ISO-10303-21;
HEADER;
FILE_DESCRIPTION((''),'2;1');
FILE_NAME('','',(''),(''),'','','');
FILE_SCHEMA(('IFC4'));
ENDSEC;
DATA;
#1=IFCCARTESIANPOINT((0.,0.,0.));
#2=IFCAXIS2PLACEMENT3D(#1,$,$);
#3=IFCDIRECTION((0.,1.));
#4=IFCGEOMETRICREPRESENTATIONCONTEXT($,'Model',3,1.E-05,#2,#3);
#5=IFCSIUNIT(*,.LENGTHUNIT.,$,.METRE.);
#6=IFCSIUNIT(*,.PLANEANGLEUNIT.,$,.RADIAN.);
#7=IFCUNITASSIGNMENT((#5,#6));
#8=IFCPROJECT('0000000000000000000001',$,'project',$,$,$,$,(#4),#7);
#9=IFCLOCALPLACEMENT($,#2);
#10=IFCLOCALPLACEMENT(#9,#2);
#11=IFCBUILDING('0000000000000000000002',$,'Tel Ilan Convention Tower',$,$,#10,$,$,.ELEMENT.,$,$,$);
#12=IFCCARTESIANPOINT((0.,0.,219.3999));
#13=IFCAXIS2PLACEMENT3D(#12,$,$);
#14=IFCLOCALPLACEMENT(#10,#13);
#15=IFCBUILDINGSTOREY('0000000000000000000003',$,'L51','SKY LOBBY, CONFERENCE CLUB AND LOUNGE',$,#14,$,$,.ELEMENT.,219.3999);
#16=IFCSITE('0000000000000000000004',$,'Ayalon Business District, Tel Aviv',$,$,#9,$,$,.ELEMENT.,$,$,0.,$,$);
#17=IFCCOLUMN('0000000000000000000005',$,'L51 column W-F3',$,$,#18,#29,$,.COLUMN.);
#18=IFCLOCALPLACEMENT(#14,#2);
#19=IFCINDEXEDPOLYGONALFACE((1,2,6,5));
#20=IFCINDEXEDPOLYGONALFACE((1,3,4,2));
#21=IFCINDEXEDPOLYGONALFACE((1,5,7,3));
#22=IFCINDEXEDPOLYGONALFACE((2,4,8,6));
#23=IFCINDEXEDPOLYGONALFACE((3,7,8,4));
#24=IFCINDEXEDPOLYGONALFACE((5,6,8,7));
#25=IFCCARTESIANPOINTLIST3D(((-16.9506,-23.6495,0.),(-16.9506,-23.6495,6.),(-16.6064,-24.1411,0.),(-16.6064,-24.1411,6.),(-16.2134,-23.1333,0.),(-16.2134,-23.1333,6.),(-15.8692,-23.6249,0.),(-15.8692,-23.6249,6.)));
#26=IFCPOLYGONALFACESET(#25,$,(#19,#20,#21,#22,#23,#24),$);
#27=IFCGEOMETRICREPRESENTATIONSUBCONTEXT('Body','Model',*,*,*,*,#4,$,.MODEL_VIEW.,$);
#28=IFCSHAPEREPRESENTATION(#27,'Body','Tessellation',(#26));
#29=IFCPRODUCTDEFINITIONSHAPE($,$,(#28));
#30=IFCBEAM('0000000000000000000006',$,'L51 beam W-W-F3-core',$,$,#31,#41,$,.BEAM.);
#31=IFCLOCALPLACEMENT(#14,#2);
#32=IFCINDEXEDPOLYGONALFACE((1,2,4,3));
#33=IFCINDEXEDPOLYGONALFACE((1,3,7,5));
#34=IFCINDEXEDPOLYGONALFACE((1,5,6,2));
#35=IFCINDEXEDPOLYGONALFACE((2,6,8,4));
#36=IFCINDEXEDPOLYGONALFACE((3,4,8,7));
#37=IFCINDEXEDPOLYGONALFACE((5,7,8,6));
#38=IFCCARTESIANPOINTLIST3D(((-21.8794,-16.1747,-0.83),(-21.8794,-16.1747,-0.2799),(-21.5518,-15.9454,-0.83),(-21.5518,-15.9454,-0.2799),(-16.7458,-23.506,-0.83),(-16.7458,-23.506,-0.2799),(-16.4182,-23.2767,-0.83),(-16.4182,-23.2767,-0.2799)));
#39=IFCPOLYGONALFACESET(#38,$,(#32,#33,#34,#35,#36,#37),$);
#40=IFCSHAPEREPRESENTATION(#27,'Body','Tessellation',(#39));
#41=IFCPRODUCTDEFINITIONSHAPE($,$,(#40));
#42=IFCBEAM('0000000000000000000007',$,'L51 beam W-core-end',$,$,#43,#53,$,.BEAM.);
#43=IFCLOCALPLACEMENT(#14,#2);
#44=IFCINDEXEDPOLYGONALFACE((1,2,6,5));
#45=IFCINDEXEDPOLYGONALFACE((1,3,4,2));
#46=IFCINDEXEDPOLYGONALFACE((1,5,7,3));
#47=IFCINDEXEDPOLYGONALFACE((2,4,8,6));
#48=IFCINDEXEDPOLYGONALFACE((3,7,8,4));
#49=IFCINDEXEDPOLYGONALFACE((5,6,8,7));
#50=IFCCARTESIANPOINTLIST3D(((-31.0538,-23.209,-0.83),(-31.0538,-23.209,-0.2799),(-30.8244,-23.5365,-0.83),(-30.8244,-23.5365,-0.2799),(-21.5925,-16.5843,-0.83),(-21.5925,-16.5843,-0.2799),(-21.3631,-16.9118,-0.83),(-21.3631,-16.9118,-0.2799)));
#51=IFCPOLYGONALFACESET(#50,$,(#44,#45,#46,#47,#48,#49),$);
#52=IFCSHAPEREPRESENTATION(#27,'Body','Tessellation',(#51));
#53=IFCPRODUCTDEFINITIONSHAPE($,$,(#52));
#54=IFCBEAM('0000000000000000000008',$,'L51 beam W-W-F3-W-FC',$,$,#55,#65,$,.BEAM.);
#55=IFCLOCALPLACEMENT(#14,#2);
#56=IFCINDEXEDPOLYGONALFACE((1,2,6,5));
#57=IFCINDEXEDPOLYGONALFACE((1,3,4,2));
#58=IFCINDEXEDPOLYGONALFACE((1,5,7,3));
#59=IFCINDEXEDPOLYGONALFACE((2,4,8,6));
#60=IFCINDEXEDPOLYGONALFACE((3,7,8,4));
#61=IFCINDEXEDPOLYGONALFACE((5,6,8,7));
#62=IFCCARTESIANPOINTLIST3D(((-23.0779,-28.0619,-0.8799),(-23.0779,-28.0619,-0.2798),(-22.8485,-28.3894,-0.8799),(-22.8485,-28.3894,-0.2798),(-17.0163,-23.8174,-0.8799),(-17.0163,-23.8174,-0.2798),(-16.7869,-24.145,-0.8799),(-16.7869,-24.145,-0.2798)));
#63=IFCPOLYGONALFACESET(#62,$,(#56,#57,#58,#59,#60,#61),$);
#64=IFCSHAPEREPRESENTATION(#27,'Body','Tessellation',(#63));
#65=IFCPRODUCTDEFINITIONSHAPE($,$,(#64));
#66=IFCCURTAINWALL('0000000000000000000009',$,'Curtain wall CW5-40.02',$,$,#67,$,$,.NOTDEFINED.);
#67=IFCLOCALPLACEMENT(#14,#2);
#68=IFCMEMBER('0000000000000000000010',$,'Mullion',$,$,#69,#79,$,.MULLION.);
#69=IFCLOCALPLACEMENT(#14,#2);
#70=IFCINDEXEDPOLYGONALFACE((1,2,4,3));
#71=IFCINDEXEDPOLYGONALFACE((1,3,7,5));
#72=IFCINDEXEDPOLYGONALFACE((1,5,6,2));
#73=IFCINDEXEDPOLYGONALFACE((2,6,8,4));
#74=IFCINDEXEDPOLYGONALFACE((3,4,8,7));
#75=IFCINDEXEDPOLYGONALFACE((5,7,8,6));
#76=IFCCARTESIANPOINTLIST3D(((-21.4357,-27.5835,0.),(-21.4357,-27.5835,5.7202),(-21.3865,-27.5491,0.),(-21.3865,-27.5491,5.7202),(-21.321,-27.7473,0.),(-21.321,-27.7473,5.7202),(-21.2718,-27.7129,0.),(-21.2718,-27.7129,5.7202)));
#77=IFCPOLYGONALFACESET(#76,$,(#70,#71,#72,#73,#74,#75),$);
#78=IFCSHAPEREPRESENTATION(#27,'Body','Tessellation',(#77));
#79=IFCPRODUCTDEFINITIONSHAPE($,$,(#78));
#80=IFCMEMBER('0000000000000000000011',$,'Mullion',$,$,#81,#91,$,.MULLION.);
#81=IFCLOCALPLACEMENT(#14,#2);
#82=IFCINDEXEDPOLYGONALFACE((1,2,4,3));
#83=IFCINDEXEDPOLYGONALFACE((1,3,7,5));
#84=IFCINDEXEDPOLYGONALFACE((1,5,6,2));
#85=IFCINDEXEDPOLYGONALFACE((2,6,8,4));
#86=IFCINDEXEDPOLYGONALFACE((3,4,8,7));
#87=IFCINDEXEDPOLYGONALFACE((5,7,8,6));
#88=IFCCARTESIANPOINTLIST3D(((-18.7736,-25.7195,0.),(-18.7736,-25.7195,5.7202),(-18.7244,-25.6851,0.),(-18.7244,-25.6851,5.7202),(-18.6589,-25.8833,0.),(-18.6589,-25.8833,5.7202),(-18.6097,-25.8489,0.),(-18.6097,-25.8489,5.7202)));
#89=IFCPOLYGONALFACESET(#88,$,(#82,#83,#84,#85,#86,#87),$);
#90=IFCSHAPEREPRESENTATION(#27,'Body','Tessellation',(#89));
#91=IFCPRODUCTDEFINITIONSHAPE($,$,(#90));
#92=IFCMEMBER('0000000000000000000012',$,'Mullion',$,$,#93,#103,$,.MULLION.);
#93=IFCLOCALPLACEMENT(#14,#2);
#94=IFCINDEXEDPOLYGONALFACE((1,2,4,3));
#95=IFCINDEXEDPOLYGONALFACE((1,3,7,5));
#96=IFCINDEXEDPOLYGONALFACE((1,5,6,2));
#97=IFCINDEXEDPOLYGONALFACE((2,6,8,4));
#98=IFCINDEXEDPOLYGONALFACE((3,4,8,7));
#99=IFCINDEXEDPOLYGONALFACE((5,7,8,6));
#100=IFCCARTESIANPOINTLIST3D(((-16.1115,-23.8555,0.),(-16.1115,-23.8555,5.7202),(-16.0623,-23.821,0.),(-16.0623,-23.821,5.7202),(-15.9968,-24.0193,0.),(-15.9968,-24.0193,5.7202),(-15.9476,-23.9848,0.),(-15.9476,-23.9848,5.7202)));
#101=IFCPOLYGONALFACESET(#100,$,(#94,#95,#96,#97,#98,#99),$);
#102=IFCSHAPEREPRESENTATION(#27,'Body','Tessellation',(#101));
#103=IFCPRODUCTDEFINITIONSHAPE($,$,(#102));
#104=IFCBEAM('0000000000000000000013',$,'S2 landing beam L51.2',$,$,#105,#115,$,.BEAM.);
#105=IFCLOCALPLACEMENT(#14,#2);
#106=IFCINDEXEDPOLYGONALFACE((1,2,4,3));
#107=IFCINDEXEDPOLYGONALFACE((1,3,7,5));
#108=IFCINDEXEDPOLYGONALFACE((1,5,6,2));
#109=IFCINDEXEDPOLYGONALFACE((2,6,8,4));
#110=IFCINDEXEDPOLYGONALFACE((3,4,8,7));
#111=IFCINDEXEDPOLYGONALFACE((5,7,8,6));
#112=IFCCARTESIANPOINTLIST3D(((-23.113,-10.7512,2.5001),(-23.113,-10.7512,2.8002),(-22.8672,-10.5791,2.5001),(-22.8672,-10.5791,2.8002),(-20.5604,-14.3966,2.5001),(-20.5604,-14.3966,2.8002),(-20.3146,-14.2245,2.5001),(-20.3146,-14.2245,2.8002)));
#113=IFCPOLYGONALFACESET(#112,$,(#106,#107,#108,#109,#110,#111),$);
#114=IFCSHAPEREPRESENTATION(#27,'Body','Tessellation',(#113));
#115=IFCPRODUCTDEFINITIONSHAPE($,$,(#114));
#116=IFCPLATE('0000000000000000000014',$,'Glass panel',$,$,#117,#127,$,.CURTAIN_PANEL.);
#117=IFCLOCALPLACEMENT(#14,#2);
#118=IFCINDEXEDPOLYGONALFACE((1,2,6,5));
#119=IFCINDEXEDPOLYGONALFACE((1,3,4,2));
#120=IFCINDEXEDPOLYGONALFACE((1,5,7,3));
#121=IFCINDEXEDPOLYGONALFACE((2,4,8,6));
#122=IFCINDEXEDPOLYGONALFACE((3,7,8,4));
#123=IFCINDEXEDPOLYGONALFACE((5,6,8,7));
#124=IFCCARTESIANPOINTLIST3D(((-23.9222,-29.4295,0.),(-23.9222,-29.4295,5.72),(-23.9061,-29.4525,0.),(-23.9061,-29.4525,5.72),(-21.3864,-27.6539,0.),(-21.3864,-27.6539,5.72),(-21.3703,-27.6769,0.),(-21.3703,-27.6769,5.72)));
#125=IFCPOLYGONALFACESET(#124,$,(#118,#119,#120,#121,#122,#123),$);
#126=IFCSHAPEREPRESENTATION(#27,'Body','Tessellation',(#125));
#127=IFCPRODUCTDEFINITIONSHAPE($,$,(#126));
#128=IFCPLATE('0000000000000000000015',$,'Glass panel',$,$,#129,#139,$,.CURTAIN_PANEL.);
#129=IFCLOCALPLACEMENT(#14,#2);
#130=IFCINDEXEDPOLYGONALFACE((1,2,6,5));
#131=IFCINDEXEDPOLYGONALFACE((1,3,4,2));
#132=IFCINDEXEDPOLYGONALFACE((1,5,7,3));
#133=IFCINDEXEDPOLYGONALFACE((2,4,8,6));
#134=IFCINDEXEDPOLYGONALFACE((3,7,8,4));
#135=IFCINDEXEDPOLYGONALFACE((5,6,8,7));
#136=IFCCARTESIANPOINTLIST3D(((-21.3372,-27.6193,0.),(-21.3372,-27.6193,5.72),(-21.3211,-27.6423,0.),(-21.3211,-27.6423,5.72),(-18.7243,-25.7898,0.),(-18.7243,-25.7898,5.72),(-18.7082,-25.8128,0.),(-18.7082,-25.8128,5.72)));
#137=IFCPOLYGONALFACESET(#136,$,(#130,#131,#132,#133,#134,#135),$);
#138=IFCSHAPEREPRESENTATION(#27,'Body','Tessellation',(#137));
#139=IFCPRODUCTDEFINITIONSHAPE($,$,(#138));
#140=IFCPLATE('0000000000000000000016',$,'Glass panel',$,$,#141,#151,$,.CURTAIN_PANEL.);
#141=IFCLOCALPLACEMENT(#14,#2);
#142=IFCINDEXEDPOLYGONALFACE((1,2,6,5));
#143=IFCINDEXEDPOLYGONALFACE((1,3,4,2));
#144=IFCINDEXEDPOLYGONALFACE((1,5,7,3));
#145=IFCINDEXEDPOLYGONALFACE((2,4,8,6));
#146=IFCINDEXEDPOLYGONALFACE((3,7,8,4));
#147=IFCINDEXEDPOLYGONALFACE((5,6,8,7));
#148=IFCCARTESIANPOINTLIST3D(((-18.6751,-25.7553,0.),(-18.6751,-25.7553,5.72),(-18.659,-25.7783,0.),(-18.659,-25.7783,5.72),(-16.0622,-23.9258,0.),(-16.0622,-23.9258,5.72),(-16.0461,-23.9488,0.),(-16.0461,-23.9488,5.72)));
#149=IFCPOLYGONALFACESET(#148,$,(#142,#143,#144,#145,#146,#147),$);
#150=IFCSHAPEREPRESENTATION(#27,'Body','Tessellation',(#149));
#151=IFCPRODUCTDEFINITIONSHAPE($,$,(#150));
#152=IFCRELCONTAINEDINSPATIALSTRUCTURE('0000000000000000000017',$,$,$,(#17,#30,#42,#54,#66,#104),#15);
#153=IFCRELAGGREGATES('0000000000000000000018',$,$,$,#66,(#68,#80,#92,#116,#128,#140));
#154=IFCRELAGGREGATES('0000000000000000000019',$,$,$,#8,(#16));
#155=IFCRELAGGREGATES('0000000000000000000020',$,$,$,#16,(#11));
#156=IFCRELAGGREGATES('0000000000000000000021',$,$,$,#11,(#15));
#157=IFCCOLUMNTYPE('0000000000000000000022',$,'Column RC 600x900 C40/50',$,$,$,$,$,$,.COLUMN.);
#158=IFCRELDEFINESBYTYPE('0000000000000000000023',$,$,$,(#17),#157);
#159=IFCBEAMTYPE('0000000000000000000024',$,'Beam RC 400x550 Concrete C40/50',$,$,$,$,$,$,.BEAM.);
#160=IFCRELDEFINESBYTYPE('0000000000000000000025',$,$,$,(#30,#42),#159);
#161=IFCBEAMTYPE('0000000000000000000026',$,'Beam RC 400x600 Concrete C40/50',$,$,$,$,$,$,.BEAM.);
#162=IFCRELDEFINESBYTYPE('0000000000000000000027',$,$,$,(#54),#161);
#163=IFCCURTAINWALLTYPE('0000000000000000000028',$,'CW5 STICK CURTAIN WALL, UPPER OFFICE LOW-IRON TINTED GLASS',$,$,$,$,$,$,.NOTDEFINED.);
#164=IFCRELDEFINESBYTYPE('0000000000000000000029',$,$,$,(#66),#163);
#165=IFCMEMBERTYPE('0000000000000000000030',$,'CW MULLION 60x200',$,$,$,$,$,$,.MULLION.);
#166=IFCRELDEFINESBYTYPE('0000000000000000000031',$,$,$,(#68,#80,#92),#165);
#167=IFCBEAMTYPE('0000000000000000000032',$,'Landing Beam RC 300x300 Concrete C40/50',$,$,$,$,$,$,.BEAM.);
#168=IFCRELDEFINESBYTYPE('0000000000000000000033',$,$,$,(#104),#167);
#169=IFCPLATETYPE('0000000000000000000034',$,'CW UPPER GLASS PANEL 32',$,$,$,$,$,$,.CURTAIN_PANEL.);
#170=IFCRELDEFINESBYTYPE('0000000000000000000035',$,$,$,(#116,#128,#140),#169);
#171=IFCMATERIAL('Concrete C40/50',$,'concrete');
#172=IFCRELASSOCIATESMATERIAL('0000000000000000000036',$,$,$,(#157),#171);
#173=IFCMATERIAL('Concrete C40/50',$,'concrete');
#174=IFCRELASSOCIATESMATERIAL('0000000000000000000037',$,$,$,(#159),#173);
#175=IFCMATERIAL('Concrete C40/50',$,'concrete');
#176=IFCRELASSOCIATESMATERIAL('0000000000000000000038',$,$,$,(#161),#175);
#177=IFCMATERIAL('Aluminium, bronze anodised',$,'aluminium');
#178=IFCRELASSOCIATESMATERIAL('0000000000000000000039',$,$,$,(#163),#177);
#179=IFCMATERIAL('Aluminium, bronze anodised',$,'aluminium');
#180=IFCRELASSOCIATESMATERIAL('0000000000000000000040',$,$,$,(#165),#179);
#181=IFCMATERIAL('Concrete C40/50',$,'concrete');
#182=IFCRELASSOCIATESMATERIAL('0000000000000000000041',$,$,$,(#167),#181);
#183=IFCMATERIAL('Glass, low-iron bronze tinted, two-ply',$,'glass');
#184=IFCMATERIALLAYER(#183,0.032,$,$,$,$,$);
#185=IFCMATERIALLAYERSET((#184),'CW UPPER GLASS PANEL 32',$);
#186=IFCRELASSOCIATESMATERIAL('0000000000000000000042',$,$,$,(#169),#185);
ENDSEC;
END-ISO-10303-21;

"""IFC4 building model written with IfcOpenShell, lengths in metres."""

from ifc_helpers import new_model, si_unit, direction, frame, origin, origin_2d, place, context, subcontext, project, spatial, rectangle, extrude, material, layer, layer_set, material_profile, profile_set, type_object, element, aggregate, save


model = new_model("IFC4")

# Units and contexts
model_context = context("Model", 3, precision=1e-05, world=origin(), true_north=direction((0.0, 1.0)))
body_context = subcontext(model_context, "Body", "Model", "MODEL_VIEW")
ifc_project = project(units=[si_unit("LENGTHUNIT", "METRE"), si_unit("PLANEANGLEUNIT", "RADIAN")], contexts=[model_context])

# Site, building, storey
site_placement = place(None, origin())
site = spatial("IfcSite", under=ifc_project, at=site_placement, Name="Ayalon Business District, Tel Aviv", CompositionType="ELEMENT", RefElevation=0.0)
building_placement = place(site_placement, origin())
building = spatial("IfcBuilding", under=site, at=building_placement, Name="Tel Ilan Convention Tower", CompositionType="ELEMENT")
storey_placement = place(building_placement, frame((0.0, 0.0, 219.3999)))
storey = spatial("IfcBuildingStorey", under=building, at=storey_placement, Name="L51", Description="SKY LOBBY, CONFERENCE CLUB AND LOUNGE", CompositionType="ELEMENT", Elevation=219.3999)

# Column
ifc_material_1 = material(Name="Concrete C40/50", Category="concrete")
ifc_material_profile_1 = material_profile(ifc_material_1, rectangle(XDim=0.8999, YDim=0.6001, at=origin_2d()), Name="RC 600x900")
ifc_profile_set_1 = profile_set([ifc_material_profile_1], Name="Concrete C40/50")
column_type = type_object("IfcColumnType", Name="Column RC 600x900 C40/50", PredefinedType="COLUMN", material=ifc_profile_set_1)
column_1_placement = place(storey_placement, frame((-16.4099, -23.6372, 0.0), z_axis=(0.0, 0.0, 1.0), x_axis=(-0.819152, -0.573576, 0.0)))
element("IfcColumn", 1, at=column_1_placement, inside=storey, type_object=column_type, Name="L51 column W-F3", PredefinedType="COLUMN", context=body_context, shape_type="SweptSolid", body=[
    extrude(rectangle(XDim=0.8999, YDim=0.6001, at=origin_2d()), origin(), (0.0, 0.0, 1.0), 6.0),
])

# Beams
ifc_material_2 = material(Name="Concrete C40/50", Category="concrete")
ifc_material_profile_2 = material_profile(ifc_material_2, rectangle(XDim=0.3999, YDim=0.55, at=origin_2d()), Name="RC 400x550")
ifc_profile_set_2 = profile_set([ifc_material_profile_2], Name="Concrete C40/50")
beam_type_1 = type_object("IfcBeamType", Name="Beam RC 400x550 Concrete C40/50", PredefinedType="BEAM", material=ifc_profile_set_2)
beam_1_placement = place(storey_placement, frame((-16.582, -23.3914, -0.5549), z_axis=(-0.573585, 0.819146, 0.0), x_axis=(-0.819146, -0.573585, 0.0)))
element("IfcBeam", 2, at=beam_1_placement, inside=storey, type_object=beam_type_1, Name="L51 beam W-W-F3-core", PredefinedType="BEAM", context=body_context, shape_type="SweptSolid", body=[
    extrude(rectangle(XDim=0.3999, YDim=0.55, at=origin_2d()), origin(), (0.0, 0.0, 1.0), 8.95),
])
beam_2_placement = place(storey_placement, frame((-21.4778, -16.748, -0.5549), z_axis=(-0.81916, -0.573564, 0.0), x_axis=(0.573564, -0.81916, 0.0)))
element("IfcBeam", 3, at=beam_2_placement, inside=storey, type_object=beam_type_1, Name="L51 beam W-core-end", PredefinedType="BEAM", context=body_context, shape_type="SweptSolid", body=[
    extrude(rectangle(XDim=0.3999, YDim=0.55, at=origin_2d()), origin(), (0.0, 0.0, 1.0), 11.55),
])
ifc_material_3 = material(Name="Concrete C40/50", Category="concrete")
ifc_material_profile_3 = material_profile(ifc_material_3, rectangle(XDim=0.3999, YDim=0.6001, at=origin_2d()), Name="RC 400x600")
ifc_profile_set_3 = profile_set([ifc_material_profile_3], Name="Concrete C40/50")
beam_type_2 = type_object("IfcBeamType", Name="Beam RC 400x600 Concrete C40/50", PredefinedType="BEAM", material=ifc_profile_set_3)
beam_3_placement = place(storey_placement, frame((-16.9016, -23.9812, -0.5798), z_axis=(-0.819148, -0.573582, 0.0), x_axis=(0.573582, -0.819148, 0.0)))
element("IfcBeam", 4, at=beam_3_placement, inside=storey, type_object=beam_type_2, Name="L51 beam W-W-F3-W-FC", PredefinedType="BEAM", context=body_context, shape_type="SweptSolid", body=[
    extrude(rectangle(XDim=0.3999, YDim=0.6001, at=origin_2d()), origin(), (0.0, 0.0, 1.0), 7.3999),
])

# Curtain wall, members
ifc_material_4 = material(Name="Aluminium, bronze anodised", Category="aluminium")
curtain_wall_type = type_object("IfcCurtainWallType", Name="CW5 STICK CURTAIN WALL, UPPER OFFICE LOW-IRON TINTED GLASS", PredefinedType="NOTDEFINED", material=ifc_material_4)
curtain_wall_placement = place(storey_placement, origin())
curtain_wall = element("IfcCurtainWall", 5, at=curtain_wall_placement, inside=storey, type_object=curtain_wall_type, Name="Curtain wall CW5-40.02", PredefinedType="NOTDEFINED")
ifc_material_5 = material(Name="Aluminium, bronze anodised", Category="aluminium")
ifc_material_profile_4 = material_profile(ifc_material_5, rectangle(XDim=0.0601, YDim=0.2, at=origin_2d()), Name="CW MULLION 60x200")
ifc_profile_set_4 = profile_set([ifc_material_profile_4], Name="Aluminium, bronze anodised")
member_type = type_object("IfcMemberType", Name="CW MULLION 60x200", PredefinedType="MULLION", material=ifc_profile_set_4)
member_1_placement = place(storey_placement, frame((-21.3538, -27.6482, 0.0), z_axis=(0.0, 0.0, 1.0), x_axis=(0.819152, 0.573576, 0.0)))
member_1 = element("IfcMember", 6, at=member_1_placement, type_object=member_type, Name="Mullion", PredefinedType="MULLION", context=body_context, shape_type="SweptSolid", body=[
    extrude(rectangle(XDim=0.0601, YDim=0.2, at=origin_2d()), origin(), (0.0, 0.0, 1.0), 5.7202),
])
member_2_placement = place(storey_placement, frame((-18.6917, -25.7842, 0.0), z_axis=(0.0, 0.0, 1.0), x_axis=(0.819152, 0.573576, 0.0)))
member_2 = element("IfcMember", 7, at=member_2_placement, type_object=member_type, Name="Mullion", PredefinedType="MULLION", context=body_context, shape_type="SweptSolid", body=[
    extrude(rectangle(XDim=0.0601, YDim=0.2, at=origin_2d()), origin(), (0.0, 0.0, 1.0), 5.7202),
])
member_3_placement = place(storey_placement, frame((-16.0295, -23.9202, 0.0), z_axis=(0.0, 0.0, 1.0), x_axis=(0.819152, 0.573576, 0.0)))
member_3 = element("IfcMember", 8, at=member_3_placement, type_object=member_type, Name="Mullion", PredefinedType="MULLION", context=body_context, shape_type="SweptSolid", body=[
    extrude(rectangle(XDim=0.0601, YDim=0.2, at=origin_2d()), origin(), (0.0, 0.0, 1.0), 5.7202),
])

# Beam
ifc_material_6 = material(Name="Concrete C40/50", Category="concrete")
ifc_material_profile_5 = material_profile(ifc_material_6, rectangle(XDim=0.3, YDim=0.3, at=origin_2d()), Name="RC 300x300")
ifc_profile_set_5 = profile_set([ifc_material_profile_5], Name="Concrete C40/50")
beam_type_3 = type_object("IfcBeamType", Name="Landing Beam RC 300x300 Concrete C40/50", PredefinedType="BEAM", material=ifc_profile_set_5)
beam_4_placement = place(storey_placement, frame((-20.4375, -14.3105, 2.6501), z_axis=(-0.573584, 0.819147, 0.0), x_axis=(-0.819147, -0.573584, 0.0)))
element("IfcBeam", 9, at=beam_4_placement, inside=storey, type_object=beam_type_3, Name="S2 landing beam L51.2", PredefinedType="BEAM", context=body_context, shape_type="SweptSolid", body=[
    extrude(rectangle(XDim=0.3, YDim=0.3, at=origin_2d()), origin(), (0.0, 0.0, 1.0), 4.4502),
])

# Plates
ifc_material_7 = material(Name="Glass, low-iron bronze tinted, two-ply", Category="glass")
ifc_layer_1 = layer(ifc_material_7, 0.032)
ifc_layer_set_1 = layer_set([ifc_layer_1], Name="CW UPPER GLASS PANEL 32")
plate_type = type_object("IfcPlateType", Name="CW UPPER GLASS PANEL 32", PredefinedType="CURTAIN_PANEL", material=ifc_layer_set_1)
plate_1_placement = place(storey_placement, frame((-22.6462, -28.5532, 0.0), z_axis=(0.0, 0.0, 1.0), x_axis=(0.819152, 0.573576, 0.0)))
plate_1 = element("IfcPlate", 10, at=plate_1_placement, type_object=plate_type, Name="Glass panel", PredefinedType="CURTAIN_PANEL", context=body_context, shape_type="SweptSolid", body=[
    extrude(rectangle(XDim=3.0957, YDim=0.0281, at=origin_2d()), origin(), (0.0, 0.0, 1.0), 5.72),
])
plate_2_placement = place(storey_placement, frame((-20.0227, -26.7161, 0.0), z_axis=(0.0, 0.0, 1.0), x_axis=(0.819152, 0.573576, 0.0)))
plate_2 = element("IfcPlate", 11, at=plate_2_placement, type_object=plate_type, Name="Glass panel", PredefinedType="CURTAIN_PANEL", context=body_context, shape_type="SweptSolid", body=[
    extrude(rectangle(XDim=3.1897, YDim=0.0281, at=origin_2d()), origin(), (0.0, 0.0, 1.0), 5.72),
])
plate_3_placement = place(storey_placement, frame((-17.3606, -24.8521, 0.0), z_axis=(0.0, 0.0, 1.0), x_axis=(0.819152, 0.573576, 0.0)))
plate_3 = element("IfcPlate", 12, at=plate_3_placement, type_object=plate_type, Name="Glass panel", PredefinedType="CURTAIN_PANEL", context=body_context, shape_type="SweptSolid", body=[
    extrude(rectangle(XDim=3.1897, YDim=0.0281, at=origin_2d()), origin(), (0.0, 0.0, 1.0), 5.72),
])
aggregate(curtain_wall, [member_1, member_2, member_3, plate_1, plate_2, plate_3])

save(model, "model.ifc")
